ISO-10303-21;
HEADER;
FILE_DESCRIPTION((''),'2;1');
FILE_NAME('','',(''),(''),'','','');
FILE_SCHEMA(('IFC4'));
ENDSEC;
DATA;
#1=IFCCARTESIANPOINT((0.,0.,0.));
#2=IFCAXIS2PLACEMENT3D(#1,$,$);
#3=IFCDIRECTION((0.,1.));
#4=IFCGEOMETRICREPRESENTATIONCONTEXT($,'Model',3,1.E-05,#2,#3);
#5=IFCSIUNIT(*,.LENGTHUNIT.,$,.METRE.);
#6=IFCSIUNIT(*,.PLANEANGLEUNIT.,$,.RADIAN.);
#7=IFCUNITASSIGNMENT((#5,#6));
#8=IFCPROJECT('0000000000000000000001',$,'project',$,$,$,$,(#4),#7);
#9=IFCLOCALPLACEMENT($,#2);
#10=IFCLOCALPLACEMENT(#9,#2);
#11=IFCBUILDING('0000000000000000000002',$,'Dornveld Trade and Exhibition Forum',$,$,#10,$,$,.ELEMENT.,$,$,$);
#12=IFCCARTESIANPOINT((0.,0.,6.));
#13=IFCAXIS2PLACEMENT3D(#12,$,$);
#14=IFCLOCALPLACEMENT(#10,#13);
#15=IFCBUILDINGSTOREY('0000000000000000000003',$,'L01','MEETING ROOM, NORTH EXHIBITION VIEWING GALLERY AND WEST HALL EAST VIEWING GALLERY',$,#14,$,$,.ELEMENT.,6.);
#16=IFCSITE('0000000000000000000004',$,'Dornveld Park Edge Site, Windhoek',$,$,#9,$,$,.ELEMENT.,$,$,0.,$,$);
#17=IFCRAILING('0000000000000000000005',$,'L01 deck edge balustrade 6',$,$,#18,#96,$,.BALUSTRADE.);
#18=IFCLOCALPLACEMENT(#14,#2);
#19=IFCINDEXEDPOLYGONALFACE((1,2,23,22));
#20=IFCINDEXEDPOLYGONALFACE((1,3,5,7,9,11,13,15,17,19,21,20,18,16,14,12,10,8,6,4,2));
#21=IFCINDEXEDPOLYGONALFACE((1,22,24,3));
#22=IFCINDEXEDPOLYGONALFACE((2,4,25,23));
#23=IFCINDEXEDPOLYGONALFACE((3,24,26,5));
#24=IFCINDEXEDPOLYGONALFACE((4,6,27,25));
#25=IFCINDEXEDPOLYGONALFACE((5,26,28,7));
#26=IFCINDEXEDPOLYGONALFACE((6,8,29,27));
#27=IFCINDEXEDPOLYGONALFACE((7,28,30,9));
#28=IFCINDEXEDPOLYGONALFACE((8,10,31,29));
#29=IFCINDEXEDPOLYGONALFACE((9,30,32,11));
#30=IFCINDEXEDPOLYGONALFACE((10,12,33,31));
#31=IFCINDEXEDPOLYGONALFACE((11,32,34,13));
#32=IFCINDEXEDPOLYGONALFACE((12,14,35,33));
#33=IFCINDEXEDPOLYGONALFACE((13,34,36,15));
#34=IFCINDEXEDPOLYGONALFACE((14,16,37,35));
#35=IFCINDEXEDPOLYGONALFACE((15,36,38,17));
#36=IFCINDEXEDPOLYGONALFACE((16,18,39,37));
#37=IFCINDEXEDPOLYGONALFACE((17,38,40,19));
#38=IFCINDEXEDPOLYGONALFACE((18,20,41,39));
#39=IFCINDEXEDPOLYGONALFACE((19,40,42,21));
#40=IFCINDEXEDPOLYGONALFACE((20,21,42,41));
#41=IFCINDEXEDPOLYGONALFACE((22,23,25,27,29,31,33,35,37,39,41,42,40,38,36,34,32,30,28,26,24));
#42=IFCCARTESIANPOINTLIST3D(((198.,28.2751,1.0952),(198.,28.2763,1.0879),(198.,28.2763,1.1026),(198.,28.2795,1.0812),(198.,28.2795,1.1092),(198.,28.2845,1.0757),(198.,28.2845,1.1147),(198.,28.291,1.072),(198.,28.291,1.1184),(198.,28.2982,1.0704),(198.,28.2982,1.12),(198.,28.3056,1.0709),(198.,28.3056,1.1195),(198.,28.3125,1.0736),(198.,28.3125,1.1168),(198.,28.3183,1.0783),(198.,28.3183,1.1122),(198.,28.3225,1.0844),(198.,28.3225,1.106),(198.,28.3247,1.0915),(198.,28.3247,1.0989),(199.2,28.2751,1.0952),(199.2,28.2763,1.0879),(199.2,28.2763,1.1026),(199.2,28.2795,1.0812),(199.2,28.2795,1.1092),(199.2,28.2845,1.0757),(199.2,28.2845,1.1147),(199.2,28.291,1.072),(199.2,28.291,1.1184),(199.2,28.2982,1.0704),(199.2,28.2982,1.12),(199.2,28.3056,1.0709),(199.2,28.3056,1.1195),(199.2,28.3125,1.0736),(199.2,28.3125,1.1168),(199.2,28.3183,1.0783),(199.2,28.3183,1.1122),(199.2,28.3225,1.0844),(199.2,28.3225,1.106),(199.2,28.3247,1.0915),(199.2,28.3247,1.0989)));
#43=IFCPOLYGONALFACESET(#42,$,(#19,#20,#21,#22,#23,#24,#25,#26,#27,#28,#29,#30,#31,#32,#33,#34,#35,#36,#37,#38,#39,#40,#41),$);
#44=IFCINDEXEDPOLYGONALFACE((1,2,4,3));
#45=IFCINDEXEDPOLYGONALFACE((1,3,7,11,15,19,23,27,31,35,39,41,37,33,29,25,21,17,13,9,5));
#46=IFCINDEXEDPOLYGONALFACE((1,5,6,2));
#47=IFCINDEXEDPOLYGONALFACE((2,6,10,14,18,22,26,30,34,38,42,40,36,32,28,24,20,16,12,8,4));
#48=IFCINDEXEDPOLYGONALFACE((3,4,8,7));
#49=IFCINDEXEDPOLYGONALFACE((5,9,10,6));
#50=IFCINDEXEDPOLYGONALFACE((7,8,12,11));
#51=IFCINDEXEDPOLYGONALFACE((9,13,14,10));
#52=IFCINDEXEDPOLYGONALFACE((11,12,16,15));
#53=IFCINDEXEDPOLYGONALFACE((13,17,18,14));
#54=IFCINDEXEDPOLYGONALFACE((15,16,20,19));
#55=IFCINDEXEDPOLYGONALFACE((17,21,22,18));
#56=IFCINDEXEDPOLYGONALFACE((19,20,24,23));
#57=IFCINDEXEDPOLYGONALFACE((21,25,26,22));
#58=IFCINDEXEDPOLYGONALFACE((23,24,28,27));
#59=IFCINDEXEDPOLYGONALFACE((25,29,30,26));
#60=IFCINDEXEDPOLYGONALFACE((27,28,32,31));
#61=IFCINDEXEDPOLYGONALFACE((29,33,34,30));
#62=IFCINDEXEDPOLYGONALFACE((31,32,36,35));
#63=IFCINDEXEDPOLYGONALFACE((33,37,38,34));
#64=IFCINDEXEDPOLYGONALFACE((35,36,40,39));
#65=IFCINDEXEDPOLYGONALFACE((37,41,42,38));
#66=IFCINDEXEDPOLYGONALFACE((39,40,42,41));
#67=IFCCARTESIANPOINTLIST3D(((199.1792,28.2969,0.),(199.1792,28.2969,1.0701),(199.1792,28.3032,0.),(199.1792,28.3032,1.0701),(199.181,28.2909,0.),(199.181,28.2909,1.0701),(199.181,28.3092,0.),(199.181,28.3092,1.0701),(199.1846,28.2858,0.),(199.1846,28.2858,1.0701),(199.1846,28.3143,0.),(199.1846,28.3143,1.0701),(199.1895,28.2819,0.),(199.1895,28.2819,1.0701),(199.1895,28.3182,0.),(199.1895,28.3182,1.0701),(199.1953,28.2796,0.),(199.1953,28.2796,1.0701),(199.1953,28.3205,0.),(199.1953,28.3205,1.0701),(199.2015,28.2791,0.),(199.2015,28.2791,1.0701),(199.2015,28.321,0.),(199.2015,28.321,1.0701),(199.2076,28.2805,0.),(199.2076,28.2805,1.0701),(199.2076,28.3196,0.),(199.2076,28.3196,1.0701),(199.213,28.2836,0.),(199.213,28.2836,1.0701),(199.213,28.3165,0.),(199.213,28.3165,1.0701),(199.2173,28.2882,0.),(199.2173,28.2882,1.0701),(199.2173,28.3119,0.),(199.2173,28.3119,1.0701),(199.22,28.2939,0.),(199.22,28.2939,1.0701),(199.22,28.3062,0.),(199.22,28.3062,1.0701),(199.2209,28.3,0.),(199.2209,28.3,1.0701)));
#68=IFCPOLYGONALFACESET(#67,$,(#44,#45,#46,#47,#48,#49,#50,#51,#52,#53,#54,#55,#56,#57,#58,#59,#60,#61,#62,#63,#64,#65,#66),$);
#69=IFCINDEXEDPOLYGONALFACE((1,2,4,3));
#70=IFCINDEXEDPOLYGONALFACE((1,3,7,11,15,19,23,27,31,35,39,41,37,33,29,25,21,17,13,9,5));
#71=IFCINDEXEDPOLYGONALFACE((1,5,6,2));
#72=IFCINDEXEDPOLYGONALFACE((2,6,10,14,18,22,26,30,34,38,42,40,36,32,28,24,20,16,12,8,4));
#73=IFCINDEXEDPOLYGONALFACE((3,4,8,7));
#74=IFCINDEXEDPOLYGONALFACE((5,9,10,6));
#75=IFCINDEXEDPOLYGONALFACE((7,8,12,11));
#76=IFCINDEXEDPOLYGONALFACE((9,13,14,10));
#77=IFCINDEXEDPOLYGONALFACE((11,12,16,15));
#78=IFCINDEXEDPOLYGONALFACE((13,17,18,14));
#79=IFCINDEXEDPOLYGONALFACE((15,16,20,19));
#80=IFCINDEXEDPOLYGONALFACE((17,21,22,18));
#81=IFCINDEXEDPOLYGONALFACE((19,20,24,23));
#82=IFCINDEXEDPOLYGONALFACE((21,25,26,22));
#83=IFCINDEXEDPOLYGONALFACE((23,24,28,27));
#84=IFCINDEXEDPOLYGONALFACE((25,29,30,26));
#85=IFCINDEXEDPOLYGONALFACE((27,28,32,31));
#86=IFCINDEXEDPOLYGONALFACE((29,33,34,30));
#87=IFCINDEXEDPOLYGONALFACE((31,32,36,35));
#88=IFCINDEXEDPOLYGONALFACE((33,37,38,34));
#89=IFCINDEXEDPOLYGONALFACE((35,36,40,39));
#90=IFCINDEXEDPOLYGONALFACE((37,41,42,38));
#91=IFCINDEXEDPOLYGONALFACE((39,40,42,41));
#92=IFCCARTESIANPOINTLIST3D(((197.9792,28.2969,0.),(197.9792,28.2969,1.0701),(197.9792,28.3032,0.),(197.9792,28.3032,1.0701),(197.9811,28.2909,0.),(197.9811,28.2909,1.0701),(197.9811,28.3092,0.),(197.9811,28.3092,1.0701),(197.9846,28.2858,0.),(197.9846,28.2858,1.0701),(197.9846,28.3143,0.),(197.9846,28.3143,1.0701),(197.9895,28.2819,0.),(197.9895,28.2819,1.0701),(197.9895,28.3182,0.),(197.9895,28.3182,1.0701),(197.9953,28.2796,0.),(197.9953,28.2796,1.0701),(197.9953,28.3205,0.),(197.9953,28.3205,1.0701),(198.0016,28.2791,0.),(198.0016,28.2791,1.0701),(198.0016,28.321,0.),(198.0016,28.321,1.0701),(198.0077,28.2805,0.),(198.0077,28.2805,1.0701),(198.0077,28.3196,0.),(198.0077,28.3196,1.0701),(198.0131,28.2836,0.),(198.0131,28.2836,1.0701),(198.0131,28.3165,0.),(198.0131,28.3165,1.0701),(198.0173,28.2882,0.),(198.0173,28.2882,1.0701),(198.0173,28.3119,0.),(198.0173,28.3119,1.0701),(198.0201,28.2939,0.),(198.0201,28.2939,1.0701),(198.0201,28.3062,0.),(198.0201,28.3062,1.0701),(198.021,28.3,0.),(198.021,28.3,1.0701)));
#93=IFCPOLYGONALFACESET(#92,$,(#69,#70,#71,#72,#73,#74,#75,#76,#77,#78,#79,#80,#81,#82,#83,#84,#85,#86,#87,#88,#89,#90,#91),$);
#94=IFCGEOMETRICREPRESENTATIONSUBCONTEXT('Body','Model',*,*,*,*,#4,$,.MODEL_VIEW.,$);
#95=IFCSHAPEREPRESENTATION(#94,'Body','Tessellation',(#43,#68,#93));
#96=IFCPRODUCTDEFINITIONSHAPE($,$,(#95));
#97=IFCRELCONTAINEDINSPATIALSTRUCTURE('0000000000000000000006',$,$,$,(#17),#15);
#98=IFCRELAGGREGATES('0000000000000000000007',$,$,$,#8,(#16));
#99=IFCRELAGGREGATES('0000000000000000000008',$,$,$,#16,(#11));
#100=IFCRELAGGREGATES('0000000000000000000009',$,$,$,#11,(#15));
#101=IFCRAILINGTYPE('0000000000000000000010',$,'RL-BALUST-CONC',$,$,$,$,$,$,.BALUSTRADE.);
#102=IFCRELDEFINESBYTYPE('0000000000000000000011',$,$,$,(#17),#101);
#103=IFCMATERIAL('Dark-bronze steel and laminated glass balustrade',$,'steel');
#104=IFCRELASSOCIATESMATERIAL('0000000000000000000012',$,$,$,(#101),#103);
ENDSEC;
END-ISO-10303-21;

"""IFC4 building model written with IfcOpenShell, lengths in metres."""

from ifc_helpers import new_model, si_unit, direction, frame, origin, origin_2d, place, context, subcontext, project, spatial, circle, extrude, material, type_object, element, save


model = new_model("IFC4")

# Units and contexts
model_context = context("Model", 3, precision=1e-05, world=origin(), true_north=direction((0.0, 1.0)))
body_context = subcontext(model_context, "Body", "Model", "MODEL_VIEW")
ifc_project = project(units=[si_unit("LENGTHUNIT", "METRE"), si_unit("PLANEANGLEUNIT", "RADIAN")], contexts=[model_context])

# Site, building, storey
site_placement = place(None, origin())
site = spatial("IfcSite", under=ifc_project, at=site_placement, Name="Dornveld Park Edge Site, Windhoek", CompositionType="ELEMENT", RefElevation=0.0)
building_placement = place(site_placement, origin())
building = spatial("IfcBuilding", under=site, at=building_placement, Name="Dornveld Trade and Exhibition Forum", CompositionType="ELEMENT")
storey_placement = place(building_placement, frame((0.0, 0.0, 6.0)))
storey = spatial("IfcBuildingStorey", under=building, at=storey_placement, Name="L01", Description="MEETING ROOM, NORTH EXHIBITION VIEWING GALLERY AND WEST HALL EAST VIEWING GALLERY", CompositionType="ELEMENT", Elevation=6.0)

# Railing
ifc_material_1 = material(Name="Dark-bronze steel and laminated glass balustrade", Category="steel")
railing_type = type_object("IfcRailingType", Name="RL-BALUST-CONC", PredefinedType="BALUSTRADE", material=ifc_material_1)
railing_1_placement = place(storey_placement, frame((199.2, 28.3, 0.0)))
element("IfcRailing", 1, at=railing_1_placement, inside=storey, type_object=railing_type, Name="L01 deck edge balustrade 6", PredefinedType="BALUSTRADE", context=body_context, shape_type="SweptSolid", body=[
    extrude(circle(Radius=0.0249, at=origin_2d()), frame((0.0, 0.0, 1.0952), z_axis=(-1.0, 0.0, 0.0), x_axis=(0.0, -1.0, 0.0)), (0.0, 0.0, 1.0), 1.2),
    extrude(circle(Radius=0.021, at=origin_2d()), origin(), (0.0, 0.0, 1.0), 1.0701),
    extrude(circle(Radius=0.021, at=origin_2d()), frame((-1.2, 0.0, 0.0)), (0.0, 0.0, 1.0), 1.0701),
])

save(model, "model.ifc")
